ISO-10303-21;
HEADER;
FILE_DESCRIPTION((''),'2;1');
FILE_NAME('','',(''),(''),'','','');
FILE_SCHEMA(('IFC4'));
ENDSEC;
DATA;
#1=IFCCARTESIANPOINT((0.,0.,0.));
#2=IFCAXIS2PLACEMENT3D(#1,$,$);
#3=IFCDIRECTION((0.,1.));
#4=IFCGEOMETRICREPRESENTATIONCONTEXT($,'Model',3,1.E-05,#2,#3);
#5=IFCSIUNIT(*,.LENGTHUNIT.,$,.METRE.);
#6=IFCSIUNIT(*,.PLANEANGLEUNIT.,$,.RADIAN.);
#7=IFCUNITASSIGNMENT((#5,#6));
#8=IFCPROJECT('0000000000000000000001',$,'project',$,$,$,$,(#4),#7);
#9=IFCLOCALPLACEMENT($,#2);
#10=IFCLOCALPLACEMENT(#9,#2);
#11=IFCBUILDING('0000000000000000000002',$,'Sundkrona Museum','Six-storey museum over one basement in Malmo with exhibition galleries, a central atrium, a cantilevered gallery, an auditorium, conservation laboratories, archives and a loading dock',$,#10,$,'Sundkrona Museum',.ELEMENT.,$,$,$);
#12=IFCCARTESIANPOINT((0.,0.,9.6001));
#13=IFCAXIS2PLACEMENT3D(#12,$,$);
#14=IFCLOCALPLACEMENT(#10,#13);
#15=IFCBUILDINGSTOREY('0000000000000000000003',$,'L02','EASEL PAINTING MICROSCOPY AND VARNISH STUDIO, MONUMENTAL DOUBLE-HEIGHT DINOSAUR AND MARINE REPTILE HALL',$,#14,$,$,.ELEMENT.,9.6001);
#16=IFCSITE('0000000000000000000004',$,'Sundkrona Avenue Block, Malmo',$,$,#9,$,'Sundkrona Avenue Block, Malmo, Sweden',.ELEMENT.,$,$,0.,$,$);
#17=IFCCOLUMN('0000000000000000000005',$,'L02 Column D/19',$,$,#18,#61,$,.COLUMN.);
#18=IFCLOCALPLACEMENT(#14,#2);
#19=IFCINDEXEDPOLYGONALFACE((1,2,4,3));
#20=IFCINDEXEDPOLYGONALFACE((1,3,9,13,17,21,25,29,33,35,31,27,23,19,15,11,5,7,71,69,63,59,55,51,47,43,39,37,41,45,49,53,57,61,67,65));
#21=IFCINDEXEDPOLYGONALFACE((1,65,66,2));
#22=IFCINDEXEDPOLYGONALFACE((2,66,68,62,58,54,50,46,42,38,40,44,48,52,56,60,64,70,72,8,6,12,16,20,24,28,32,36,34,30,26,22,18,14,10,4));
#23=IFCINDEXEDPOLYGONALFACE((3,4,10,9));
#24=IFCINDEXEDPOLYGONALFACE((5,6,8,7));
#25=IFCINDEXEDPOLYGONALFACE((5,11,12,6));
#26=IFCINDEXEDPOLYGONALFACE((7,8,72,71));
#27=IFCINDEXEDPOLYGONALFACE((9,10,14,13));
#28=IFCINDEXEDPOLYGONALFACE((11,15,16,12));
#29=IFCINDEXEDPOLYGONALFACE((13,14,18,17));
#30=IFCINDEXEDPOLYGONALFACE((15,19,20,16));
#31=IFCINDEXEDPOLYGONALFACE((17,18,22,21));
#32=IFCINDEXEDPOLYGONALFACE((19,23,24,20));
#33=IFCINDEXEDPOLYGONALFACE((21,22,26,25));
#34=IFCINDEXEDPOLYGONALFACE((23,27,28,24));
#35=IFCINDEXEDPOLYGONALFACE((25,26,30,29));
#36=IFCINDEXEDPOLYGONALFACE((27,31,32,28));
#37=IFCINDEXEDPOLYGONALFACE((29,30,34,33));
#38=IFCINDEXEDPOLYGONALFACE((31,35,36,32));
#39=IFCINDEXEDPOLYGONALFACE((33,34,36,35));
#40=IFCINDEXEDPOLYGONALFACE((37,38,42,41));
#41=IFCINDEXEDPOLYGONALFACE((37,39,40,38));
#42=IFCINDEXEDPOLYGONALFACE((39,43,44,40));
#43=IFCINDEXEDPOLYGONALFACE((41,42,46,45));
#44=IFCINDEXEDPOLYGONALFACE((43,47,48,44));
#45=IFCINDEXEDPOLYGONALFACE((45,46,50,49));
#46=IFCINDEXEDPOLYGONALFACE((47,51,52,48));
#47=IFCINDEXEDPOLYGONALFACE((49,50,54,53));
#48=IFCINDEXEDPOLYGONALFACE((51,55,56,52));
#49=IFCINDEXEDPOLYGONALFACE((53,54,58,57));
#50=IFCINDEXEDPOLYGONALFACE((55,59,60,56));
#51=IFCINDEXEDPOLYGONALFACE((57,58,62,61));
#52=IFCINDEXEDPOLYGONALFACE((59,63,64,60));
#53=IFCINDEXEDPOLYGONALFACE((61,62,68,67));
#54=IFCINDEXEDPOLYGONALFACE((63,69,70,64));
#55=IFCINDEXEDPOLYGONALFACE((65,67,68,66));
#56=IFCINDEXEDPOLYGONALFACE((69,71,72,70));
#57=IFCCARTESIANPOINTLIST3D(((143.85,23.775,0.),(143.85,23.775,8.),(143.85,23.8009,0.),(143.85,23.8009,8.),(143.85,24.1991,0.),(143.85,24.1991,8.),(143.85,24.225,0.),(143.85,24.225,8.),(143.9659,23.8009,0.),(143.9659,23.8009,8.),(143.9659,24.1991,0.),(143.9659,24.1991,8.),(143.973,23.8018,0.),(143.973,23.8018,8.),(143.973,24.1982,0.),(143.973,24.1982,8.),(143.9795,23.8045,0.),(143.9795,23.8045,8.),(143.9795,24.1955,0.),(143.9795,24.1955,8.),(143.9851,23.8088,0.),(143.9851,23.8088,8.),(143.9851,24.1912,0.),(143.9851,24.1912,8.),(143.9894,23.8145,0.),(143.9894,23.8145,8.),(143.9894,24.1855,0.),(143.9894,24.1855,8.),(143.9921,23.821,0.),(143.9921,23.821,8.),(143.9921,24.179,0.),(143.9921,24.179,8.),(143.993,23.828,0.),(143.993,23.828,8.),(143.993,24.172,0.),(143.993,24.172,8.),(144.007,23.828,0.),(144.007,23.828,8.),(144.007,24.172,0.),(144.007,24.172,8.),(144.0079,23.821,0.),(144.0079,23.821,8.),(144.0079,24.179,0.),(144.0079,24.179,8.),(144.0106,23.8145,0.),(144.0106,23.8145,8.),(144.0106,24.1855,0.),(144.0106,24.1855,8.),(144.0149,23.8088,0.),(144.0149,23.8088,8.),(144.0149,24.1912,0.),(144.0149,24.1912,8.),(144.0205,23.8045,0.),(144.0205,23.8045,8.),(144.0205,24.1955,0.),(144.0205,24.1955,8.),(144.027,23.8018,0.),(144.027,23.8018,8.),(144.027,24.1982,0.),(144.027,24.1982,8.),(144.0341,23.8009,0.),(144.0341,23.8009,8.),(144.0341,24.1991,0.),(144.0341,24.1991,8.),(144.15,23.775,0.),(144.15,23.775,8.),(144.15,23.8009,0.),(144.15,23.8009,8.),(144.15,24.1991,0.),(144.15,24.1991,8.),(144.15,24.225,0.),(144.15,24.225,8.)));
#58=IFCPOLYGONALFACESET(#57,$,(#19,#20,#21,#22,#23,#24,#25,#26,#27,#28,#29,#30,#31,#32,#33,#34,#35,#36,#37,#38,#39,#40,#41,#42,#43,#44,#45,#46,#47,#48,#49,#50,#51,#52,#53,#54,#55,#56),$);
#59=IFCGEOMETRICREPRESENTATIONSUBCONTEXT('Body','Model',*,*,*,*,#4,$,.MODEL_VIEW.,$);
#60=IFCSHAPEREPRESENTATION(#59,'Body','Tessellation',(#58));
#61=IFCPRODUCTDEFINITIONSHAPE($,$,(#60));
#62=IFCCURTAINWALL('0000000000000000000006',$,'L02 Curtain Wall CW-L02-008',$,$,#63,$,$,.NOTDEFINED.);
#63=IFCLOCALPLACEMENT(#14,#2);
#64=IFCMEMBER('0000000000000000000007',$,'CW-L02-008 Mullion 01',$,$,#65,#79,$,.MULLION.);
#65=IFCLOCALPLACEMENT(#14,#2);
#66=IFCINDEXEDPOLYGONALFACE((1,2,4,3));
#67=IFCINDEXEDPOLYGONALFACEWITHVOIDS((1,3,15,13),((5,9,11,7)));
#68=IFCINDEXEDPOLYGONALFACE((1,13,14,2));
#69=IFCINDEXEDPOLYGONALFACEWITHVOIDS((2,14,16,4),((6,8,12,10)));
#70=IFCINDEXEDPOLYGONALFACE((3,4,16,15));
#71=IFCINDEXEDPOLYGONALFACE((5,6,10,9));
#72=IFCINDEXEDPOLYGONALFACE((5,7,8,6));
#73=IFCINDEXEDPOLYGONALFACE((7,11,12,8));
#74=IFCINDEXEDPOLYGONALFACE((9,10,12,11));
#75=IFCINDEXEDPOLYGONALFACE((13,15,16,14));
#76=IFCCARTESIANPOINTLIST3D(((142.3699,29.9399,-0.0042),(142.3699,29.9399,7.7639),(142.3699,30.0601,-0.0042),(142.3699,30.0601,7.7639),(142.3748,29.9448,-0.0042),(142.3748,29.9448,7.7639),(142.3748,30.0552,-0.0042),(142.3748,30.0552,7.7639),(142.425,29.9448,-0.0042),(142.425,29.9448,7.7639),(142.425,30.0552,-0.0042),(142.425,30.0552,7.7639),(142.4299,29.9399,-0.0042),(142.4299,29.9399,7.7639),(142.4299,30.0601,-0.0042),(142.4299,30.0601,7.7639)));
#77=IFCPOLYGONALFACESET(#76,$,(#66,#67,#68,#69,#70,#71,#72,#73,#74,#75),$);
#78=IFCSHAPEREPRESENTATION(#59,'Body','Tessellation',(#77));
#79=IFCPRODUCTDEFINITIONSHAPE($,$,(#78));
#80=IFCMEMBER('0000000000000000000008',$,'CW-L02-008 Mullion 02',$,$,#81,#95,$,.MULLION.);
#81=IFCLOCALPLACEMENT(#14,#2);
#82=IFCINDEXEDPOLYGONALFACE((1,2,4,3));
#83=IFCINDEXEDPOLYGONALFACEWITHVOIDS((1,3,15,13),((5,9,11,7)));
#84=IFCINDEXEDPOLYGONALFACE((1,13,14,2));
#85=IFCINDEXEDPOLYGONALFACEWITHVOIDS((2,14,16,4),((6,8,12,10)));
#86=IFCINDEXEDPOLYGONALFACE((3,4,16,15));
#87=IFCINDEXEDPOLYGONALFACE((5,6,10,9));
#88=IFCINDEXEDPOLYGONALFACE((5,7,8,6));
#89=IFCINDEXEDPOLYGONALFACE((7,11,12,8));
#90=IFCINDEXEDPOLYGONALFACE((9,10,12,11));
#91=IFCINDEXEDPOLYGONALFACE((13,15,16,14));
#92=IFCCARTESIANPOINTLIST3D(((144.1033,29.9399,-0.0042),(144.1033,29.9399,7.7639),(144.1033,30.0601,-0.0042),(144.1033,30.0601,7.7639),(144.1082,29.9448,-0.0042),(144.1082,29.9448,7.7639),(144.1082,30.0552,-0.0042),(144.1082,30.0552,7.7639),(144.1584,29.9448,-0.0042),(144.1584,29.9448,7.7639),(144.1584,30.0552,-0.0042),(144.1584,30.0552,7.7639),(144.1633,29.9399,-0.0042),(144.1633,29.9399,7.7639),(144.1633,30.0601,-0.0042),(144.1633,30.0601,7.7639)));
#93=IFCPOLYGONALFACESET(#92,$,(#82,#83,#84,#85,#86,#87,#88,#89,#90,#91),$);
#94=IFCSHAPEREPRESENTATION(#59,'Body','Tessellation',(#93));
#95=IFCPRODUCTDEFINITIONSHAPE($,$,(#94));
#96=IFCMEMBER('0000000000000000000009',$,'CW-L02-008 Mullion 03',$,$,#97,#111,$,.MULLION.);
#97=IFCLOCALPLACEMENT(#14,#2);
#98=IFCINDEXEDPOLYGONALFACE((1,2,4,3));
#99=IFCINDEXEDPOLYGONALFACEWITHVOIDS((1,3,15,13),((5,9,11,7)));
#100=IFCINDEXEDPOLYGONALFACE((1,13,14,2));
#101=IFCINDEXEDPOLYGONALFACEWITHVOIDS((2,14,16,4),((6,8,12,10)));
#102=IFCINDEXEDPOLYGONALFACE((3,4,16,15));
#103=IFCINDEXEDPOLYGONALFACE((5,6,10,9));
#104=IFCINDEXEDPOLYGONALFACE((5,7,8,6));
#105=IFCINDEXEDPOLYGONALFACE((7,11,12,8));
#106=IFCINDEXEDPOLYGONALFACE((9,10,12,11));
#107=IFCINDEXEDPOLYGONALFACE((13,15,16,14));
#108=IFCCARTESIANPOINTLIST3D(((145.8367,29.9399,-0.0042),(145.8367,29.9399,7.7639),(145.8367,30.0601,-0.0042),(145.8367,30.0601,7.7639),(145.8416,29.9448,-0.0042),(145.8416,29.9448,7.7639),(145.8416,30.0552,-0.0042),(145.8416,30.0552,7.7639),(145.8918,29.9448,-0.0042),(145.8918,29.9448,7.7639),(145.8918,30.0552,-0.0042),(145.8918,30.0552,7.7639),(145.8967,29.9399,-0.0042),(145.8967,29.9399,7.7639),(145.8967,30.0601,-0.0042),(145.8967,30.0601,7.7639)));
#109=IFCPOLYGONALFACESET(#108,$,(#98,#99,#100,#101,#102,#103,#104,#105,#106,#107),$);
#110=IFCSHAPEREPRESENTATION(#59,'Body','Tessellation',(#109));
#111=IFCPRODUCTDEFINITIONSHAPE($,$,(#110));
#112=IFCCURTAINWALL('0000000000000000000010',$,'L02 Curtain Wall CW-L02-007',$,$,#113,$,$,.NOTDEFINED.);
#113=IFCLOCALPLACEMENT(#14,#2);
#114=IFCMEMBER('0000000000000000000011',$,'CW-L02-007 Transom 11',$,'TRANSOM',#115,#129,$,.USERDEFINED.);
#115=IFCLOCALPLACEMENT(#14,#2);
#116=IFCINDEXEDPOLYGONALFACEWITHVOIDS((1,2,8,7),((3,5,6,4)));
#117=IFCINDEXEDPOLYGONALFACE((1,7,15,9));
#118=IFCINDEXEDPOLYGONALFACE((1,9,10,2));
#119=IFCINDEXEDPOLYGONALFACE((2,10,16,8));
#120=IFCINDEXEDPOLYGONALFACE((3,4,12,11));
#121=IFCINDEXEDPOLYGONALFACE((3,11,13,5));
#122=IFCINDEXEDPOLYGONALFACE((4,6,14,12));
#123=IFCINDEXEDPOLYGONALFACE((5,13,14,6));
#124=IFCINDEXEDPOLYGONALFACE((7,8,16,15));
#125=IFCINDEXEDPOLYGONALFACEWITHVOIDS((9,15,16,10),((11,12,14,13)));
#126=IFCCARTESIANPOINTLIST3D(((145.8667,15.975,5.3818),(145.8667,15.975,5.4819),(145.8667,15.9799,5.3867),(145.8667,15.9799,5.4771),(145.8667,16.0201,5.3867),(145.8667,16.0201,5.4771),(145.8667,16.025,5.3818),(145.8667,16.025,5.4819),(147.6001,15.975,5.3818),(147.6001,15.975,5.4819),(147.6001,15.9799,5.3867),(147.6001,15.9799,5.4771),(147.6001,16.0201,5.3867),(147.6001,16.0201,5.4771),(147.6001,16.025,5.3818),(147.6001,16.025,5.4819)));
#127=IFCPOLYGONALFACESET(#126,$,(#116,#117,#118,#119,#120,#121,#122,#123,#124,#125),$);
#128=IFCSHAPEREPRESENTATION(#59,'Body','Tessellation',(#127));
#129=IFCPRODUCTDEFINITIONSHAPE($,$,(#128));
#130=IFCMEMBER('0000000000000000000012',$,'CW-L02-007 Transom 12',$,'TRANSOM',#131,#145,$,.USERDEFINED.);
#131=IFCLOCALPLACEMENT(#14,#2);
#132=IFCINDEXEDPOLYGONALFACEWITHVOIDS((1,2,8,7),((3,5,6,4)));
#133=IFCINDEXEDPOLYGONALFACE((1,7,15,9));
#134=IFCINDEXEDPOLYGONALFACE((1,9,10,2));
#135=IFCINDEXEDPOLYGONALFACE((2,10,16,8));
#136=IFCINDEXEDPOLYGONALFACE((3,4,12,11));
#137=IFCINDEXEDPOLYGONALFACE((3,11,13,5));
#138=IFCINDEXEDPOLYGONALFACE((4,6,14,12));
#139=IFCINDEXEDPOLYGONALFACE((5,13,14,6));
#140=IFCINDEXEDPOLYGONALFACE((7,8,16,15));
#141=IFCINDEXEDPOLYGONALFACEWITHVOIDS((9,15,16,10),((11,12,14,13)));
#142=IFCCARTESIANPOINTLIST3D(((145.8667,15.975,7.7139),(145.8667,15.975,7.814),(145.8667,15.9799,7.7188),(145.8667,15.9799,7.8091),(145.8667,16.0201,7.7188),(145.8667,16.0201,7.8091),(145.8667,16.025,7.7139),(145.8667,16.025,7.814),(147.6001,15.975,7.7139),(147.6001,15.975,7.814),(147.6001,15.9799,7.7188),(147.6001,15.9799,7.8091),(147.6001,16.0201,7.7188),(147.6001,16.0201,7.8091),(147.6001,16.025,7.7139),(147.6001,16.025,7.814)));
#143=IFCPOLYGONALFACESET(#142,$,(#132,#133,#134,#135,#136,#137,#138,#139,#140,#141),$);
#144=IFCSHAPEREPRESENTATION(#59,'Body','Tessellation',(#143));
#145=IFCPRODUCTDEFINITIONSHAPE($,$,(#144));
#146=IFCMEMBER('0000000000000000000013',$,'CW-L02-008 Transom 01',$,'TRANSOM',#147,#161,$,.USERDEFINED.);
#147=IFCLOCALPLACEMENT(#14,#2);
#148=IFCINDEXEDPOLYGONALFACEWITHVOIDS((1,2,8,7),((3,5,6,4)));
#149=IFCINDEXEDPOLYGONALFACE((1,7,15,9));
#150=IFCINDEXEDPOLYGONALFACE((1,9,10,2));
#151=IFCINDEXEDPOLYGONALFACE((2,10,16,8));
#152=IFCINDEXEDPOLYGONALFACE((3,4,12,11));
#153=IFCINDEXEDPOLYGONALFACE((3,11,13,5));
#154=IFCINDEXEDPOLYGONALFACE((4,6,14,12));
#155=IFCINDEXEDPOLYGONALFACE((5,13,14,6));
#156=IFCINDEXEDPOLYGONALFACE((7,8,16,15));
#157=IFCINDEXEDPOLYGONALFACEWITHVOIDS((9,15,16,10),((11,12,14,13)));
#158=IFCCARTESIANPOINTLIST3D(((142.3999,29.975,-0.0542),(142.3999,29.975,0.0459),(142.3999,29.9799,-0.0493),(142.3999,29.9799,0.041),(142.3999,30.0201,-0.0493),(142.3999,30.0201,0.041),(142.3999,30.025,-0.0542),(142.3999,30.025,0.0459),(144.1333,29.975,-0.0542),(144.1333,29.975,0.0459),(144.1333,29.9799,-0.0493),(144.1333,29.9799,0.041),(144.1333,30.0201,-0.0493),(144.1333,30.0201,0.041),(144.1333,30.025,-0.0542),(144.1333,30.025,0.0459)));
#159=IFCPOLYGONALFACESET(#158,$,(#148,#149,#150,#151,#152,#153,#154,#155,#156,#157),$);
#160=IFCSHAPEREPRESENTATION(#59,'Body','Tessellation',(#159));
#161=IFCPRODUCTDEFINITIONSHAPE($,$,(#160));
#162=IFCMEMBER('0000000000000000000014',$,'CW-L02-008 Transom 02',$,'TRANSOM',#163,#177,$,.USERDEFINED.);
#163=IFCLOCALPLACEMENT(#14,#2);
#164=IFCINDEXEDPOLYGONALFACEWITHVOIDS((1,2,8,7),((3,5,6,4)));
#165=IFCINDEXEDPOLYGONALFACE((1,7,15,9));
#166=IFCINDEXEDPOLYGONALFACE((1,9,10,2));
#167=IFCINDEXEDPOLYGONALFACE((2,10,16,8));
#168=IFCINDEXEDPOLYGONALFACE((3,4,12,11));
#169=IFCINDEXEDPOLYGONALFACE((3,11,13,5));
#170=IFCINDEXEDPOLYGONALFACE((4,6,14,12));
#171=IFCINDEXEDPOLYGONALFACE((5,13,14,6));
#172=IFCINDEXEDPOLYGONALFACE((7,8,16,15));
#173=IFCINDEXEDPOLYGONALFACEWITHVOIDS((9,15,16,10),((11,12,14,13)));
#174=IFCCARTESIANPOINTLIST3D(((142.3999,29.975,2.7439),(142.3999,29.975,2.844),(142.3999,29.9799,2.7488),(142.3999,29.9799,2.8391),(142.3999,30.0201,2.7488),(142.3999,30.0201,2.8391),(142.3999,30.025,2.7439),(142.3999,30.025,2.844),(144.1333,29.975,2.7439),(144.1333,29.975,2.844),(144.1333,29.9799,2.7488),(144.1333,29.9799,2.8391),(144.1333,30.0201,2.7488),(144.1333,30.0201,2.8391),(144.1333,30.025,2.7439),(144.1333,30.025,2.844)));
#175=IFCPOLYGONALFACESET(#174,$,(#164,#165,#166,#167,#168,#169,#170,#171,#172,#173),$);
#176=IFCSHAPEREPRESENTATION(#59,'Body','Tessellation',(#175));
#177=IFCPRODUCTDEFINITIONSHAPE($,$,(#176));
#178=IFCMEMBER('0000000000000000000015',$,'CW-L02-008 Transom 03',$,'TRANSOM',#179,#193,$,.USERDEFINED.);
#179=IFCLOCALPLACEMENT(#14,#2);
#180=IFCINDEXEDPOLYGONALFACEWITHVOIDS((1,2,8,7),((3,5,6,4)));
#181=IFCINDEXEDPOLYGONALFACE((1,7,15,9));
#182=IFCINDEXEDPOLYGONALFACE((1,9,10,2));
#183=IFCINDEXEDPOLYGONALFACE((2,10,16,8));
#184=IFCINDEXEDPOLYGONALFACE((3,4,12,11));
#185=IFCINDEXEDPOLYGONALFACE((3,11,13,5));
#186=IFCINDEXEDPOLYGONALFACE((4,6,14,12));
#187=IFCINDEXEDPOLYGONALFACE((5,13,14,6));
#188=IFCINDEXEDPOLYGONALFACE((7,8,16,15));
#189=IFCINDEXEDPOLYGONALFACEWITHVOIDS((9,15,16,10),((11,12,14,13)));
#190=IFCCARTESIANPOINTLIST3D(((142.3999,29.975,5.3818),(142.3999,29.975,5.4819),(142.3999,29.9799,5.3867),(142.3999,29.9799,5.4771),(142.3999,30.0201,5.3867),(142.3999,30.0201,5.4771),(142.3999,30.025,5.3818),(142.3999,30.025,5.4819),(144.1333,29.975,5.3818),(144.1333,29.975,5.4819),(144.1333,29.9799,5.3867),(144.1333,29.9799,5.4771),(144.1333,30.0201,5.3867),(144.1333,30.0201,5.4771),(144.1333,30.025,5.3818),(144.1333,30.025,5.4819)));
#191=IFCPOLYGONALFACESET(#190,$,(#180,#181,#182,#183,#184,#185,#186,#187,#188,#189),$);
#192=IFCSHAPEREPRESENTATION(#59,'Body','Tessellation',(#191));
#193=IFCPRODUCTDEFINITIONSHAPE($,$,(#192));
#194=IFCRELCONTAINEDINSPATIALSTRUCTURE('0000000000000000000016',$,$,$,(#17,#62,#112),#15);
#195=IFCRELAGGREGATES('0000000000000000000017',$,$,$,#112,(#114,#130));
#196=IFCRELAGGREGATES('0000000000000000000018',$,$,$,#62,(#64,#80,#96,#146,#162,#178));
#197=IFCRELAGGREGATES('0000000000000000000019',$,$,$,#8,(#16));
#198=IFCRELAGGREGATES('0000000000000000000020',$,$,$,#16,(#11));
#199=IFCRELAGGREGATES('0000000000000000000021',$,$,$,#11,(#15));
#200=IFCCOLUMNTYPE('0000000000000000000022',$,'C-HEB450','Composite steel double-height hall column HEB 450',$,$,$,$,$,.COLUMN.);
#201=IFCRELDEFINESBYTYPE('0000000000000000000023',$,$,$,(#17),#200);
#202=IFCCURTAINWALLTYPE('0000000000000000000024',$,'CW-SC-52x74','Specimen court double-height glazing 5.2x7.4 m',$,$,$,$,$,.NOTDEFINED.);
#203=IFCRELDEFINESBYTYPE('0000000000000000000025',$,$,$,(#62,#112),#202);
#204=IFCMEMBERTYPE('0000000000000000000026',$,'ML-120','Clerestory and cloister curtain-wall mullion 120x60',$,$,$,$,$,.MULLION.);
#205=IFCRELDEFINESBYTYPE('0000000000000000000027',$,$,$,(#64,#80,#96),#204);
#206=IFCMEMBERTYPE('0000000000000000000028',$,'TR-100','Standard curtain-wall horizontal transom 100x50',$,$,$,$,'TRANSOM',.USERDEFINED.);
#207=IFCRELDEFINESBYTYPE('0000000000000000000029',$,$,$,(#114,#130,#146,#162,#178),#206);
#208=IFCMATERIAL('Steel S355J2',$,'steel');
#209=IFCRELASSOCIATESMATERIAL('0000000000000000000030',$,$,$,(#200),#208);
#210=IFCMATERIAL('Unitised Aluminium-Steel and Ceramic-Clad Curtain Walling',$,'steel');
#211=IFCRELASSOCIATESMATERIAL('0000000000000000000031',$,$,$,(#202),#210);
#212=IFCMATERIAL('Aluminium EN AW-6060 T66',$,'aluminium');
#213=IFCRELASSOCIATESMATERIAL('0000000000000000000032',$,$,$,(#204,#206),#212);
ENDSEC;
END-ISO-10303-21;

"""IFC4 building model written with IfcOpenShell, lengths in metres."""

from ifc_helpers import new_model, si_unit, direction, frame, origin, origin_2d, place, context, subcontext, project, spatial, hollow_rectangle, i_section, extrude, material, material_profile, profile_set, type_object, element, aggregate, save


model = new_model("IFC4")

# Units and contexts
model_context = context("Model", 3, precision=1e-05, world=origin(), true_north=direction((0.0, 1.0)))
body_context = subcontext(model_context, "Body", "Model", "MODEL_VIEW")
ifc_project = project(units=[si_unit("LENGTHUNIT", "METRE"), si_unit("PLANEANGLEUNIT", "RADIAN")], contexts=[model_context])

# Site, building, storey
site_placement = place(None, origin())
site = spatial("IfcSite", under=ifc_project, at=site_placement, Name="Sundkrona Avenue Block, Malmo", LongName="Sundkrona Avenue Block, Malmo, Sweden", CompositionType="ELEMENT", RefElevation=0.0)
building_placement = place(site_placement, origin())
building = spatial("IfcBuilding", under=site, at=building_placement, Name="Sundkrona Museum", Description="Six-storey museum over one basement in Malmo with exhibition galleries, a central atrium, a cantilevered gallery, an auditorium, conservation laboratories, archives and a loading dock", LongName="Sundkrona Museum", CompositionType="ELEMENT")
storey_placement = place(building_placement, frame((0.0, 0.0, 9.6001)))
storey = spatial("IfcBuildingStorey", under=building, at=storey_placement, Name="L02", Description="EASEL PAINTING MICROSCOPY AND VARNISH STUDIO, MONUMENTAL DOUBLE-HEIGHT DINOSAUR AND MARINE REPTILE HALL", CompositionType="ELEMENT", Elevation=9.6001)

# Column
ifc_material_1 = material(Name="Steel S355J2", Category="steel")
ifc_material_profile_1 = material_profile(ifc_material_1, i_section(OverallWidth=0.3, OverallDepth=0.45, WebThickness=0.0139, FlangeThickness=0.0259, FilletRadius=0.0271, at=origin_2d()), Name="HEB 450")
ifc_profile_set_1 = profile_set([ifc_material_profile_1], Name="Steel S355J2")
column_type = type_object("IfcColumnType", Name="C-HEB450", Description="Composite steel double-height hall column HEB 450", PredefinedType="COLUMN", material=ifc_profile_set_1)
column_placement = place(storey_placement, frame((144.0, 24.0, 0.0), z_axis=(0.0, 0.0, 1.0), x_axis=(1.0, 0.0, 0.0)))
element("IfcColumn", 1, at=column_placement, inside=storey, type_object=column_type, Name="L02 Column D/19", PredefinedType="COLUMN", context=body_context, shape_type="SweptSolid", body=[
    extrude(i_section(OverallWidth=0.3, OverallDepth=0.45, WebThickness=0.0139, FlangeThickness=0.0259, FilletRadius=0.0271, at=origin_2d()), origin(), (0.0, 0.0, 1.0), 8.0),
])

# Curtain walls, members
ifc_material_2 = material(Name="Unitised Aluminium-Steel and Ceramic-Clad Curtain Walling", Category="steel")
curtain_wall_type = type_object("IfcCurtainWallType", Name="CW-SC-52x74", Description="Specimen court double-height glazing 5.2x7.4 m", PredefinedType="NOTDEFINED", material=ifc_material_2)
curtain_wall_1_placement = place(storey_placement, origin())
curtain_wall_1 = element("IfcCurtainWall", 2, at=curtain_wall_1_placement, inside=storey, type_object=curtain_wall_type, Name="L02 Curtain Wall CW-L02-008", PredefinedType="NOTDEFINED")
ifc_material_3 = material(Name="Aluminium EN AW-6060 T66", Category="aluminium")
ifc_material_profile_2 = material_profile(ifc_material_3, hollow_rectangle(XDim=0.0601, YDim=0.1201, WallThickness=0.0049, at=origin_2d()), Name="RHS 120x60x5.0")
ifc_profile_set_2 = profile_set([ifc_material_profile_2], Name="Aluminium EN AW-6060 T66")
member_type_1 = type_object("IfcMemberType", Name="ML-120", Description="Clerestory and cloister curtain-wall mullion 120x60", PredefinedType="MULLION", material=ifc_profile_set_2)
member_1_placement = place(storey_placement, frame((142.3999, 30.0, -0.0042), z_axis=(0.0, 0.0, 1.0), x_axis=(1.0, 0.0, 0.0)))
member_1 = element("IfcMember", 3, at=member_1_placement, type_object=member_type_1, Name="CW-L02-008 Mullion 01", PredefinedType="MULLION", context=body_context, shape_type="SweptSolid", body=[
    extrude(hollow_rectangle(XDim=0.0601, YDim=0.1201, WallThickness=0.0049, at=origin_2d()), origin(), (0.0, 0.0, 1.0), 7.7681),
])
member_2_placement = place(storey_placement, frame((144.1333, 30.0, -0.0042), z_axis=(0.0, 0.0, 1.0), x_axis=(1.0, 0.0, 0.0)))
member_2 = element("IfcMember", 4, at=member_2_placement, type_object=member_type_1, Name="CW-L02-008 Mullion 02", PredefinedType="MULLION", context=body_context, shape_type="SweptSolid", body=[
    extrude(hollow_rectangle(XDim=0.0601, YDim=0.1201, WallThickness=0.0049, at=origin_2d()), origin(), (0.0, 0.0, 1.0), 7.7681),
])
member_3_placement = place(storey_placement, frame((145.8667, 30.0, -0.0042), z_axis=(0.0, 0.0, 1.0), x_axis=(1.0, 0.0, 0.0)))
member_3 = element("IfcMember", 5, at=member_3_placement, type_object=member_type_1, Name="CW-L02-008 Mullion 03", PredefinedType="MULLION", context=body_context, shape_type="SweptSolid", body=[
    extrude(hollow_rectangle(XDim=0.0601, YDim=0.1201, WallThickness=0.0049, at=origin_2d()), origin(), (0.0, 0.0, 1.0), 7.7681),
])
curtain_wall_2_placement = place(storey_placement, origin())
curtain_wall_2 = element("IfcCurtainWall", 6, at=curtain_wall_2_placement, inside=storey, type_object=curtain_wall_type, Name="L02 Curtain Wall CW-L02-007", PredefinedType="NOTDEFINED")
ifc_material_profile_3 = material_profile(ifc_material_3, hollow_rectangle(XDim=0.05, YDim=0.1001, WallThickness=0.0049, at=origin_2d()), Name="RHS 100x50x5.0")
ifc_profile_set_3 = profile_set([ifc_material_profile_3], Name="Aluminium EN AW-6060 T66")
member_type_2 = type_object("IfcMemberType", Name="TR-100", Description="Standard curtain-wall horizontal transom 100x50", ElementType="TRANSOM", PredefinedType="USERDEFINED", material=ifc_profile_set_3)
member_4_placement = place(storey_placement, frame((145.8667, 16.0, 5.4319), z_axis=(1.0, 0.0, 0.0), x_axis=(0.0, 1.0, 0.0)))
member_4 = element("IfcMember", 7, at=member_4_placement, type_object=member_type_2, Name="CW-L02-007 Transom 11", ObjectType="TRANSOM", PredefinedType="USERDEFINED", context=body_context, shape_type="SweptSolid", body=[
    extrude(hollow_rectangle(XDim=0.05, YDim=0.1001, WallThickness=0.0049, at=origin_2d()), origin(), (0.0, 0.0, 1.0), 1.7334),
])
member_5_placement = place(storey_placement, frame((145.8667, 16.0, 7.7639), z_axis=(1.0, 0.0, 0.0), x_axis=(0.0, 1.0, 0.0)))
member_5 = element("IfcMember", 8, at=member_5_placement, type_object=member_type_2, Name="CW-L02-007 Transom 12", ObjectType="TRANSOM", PredefinedType="USERDEFINED", context=body_context, shape_type="SweptSolid", body=[
    extrude(hollow_rectangle(XDim=0.05, YDim=0.1001, WallThickness=0.0049, at=origin_2d()), origin(), (0.0, 0.0, 1.0), 1.7334),
])

# Members
member_6_placement = place(storey_placement, frame((142.3999, 30.0, -0.0042), z_axis=(1.0, 0.0, 0.0), x_axis=(0.0, 1.0, 0.0)))
member_6 = element("IfcMember", 9, at=member_6_placement, type_object=member_type_2, Name="CW-L02-008 Transom 01", ObjectType="TRANSOM", PredefinedType="USERDEFINED", context=body_context, shape_type="SweptSolid", body=[
    extrude(hollow_rectangle(XDim=0.05, YDim=0.1001, WallThickness=0.0049, at=origin_2d()), origin(), (0.0, 0.0, 1.0), 1.7334),
])
member_7_placement = place(storey_placement, frame((142.3999, 30.0, 2.7939), z_axis=(1.0, 0.0, 0.0), x_axis=(0.0, 1.0, 0.0)))
member_7 = element("IfcMember", 10, at=member_7_placement, type_object=member_type_2, Name="CW-L02-008 Transom 02", ObjectType="TRANSOM", PredefinedType="USERDEFINED", context=body_context, shape_type="SweptSolid", body=[
    extrude(hollow_rectangle(XDim=0.05, YDim=0.1001, WallThickness=0.0049, at=origin_2d()), origin(), (0.0, 0.0, 1.0), 1.7334),
])
member_8_placement = place(storey_placement, frame((142.3999, 30.0, 5.4319), z_axis=(1.0, 0.0, 0.0), x_axis=(0.0, 1.0, 0.0)))
member_8 = element("IfcMember", 11, at=member_8_placement, type_object=member_type_2, Name="CW-L02-008 Transom 03", ObjectType="TRANSOM", PredefinedType="USERDEFINED", context=body_context, shape_type="SweptSolid", body=[
    extrude(hollow_rectangle(XDim=0.05, YDim=0.1001, WallThickness=0.0049, at=origin_2d()), origin(), (0.0, 0.0, 1.0), 1.7334),
])

aggregate(curtain_wall_2, [member_4, member_5])
aggregate(curtain_wall_1, [member_1, member_2, member_3, member_6, member_7, member_8])

save(model, "model.ifc")
